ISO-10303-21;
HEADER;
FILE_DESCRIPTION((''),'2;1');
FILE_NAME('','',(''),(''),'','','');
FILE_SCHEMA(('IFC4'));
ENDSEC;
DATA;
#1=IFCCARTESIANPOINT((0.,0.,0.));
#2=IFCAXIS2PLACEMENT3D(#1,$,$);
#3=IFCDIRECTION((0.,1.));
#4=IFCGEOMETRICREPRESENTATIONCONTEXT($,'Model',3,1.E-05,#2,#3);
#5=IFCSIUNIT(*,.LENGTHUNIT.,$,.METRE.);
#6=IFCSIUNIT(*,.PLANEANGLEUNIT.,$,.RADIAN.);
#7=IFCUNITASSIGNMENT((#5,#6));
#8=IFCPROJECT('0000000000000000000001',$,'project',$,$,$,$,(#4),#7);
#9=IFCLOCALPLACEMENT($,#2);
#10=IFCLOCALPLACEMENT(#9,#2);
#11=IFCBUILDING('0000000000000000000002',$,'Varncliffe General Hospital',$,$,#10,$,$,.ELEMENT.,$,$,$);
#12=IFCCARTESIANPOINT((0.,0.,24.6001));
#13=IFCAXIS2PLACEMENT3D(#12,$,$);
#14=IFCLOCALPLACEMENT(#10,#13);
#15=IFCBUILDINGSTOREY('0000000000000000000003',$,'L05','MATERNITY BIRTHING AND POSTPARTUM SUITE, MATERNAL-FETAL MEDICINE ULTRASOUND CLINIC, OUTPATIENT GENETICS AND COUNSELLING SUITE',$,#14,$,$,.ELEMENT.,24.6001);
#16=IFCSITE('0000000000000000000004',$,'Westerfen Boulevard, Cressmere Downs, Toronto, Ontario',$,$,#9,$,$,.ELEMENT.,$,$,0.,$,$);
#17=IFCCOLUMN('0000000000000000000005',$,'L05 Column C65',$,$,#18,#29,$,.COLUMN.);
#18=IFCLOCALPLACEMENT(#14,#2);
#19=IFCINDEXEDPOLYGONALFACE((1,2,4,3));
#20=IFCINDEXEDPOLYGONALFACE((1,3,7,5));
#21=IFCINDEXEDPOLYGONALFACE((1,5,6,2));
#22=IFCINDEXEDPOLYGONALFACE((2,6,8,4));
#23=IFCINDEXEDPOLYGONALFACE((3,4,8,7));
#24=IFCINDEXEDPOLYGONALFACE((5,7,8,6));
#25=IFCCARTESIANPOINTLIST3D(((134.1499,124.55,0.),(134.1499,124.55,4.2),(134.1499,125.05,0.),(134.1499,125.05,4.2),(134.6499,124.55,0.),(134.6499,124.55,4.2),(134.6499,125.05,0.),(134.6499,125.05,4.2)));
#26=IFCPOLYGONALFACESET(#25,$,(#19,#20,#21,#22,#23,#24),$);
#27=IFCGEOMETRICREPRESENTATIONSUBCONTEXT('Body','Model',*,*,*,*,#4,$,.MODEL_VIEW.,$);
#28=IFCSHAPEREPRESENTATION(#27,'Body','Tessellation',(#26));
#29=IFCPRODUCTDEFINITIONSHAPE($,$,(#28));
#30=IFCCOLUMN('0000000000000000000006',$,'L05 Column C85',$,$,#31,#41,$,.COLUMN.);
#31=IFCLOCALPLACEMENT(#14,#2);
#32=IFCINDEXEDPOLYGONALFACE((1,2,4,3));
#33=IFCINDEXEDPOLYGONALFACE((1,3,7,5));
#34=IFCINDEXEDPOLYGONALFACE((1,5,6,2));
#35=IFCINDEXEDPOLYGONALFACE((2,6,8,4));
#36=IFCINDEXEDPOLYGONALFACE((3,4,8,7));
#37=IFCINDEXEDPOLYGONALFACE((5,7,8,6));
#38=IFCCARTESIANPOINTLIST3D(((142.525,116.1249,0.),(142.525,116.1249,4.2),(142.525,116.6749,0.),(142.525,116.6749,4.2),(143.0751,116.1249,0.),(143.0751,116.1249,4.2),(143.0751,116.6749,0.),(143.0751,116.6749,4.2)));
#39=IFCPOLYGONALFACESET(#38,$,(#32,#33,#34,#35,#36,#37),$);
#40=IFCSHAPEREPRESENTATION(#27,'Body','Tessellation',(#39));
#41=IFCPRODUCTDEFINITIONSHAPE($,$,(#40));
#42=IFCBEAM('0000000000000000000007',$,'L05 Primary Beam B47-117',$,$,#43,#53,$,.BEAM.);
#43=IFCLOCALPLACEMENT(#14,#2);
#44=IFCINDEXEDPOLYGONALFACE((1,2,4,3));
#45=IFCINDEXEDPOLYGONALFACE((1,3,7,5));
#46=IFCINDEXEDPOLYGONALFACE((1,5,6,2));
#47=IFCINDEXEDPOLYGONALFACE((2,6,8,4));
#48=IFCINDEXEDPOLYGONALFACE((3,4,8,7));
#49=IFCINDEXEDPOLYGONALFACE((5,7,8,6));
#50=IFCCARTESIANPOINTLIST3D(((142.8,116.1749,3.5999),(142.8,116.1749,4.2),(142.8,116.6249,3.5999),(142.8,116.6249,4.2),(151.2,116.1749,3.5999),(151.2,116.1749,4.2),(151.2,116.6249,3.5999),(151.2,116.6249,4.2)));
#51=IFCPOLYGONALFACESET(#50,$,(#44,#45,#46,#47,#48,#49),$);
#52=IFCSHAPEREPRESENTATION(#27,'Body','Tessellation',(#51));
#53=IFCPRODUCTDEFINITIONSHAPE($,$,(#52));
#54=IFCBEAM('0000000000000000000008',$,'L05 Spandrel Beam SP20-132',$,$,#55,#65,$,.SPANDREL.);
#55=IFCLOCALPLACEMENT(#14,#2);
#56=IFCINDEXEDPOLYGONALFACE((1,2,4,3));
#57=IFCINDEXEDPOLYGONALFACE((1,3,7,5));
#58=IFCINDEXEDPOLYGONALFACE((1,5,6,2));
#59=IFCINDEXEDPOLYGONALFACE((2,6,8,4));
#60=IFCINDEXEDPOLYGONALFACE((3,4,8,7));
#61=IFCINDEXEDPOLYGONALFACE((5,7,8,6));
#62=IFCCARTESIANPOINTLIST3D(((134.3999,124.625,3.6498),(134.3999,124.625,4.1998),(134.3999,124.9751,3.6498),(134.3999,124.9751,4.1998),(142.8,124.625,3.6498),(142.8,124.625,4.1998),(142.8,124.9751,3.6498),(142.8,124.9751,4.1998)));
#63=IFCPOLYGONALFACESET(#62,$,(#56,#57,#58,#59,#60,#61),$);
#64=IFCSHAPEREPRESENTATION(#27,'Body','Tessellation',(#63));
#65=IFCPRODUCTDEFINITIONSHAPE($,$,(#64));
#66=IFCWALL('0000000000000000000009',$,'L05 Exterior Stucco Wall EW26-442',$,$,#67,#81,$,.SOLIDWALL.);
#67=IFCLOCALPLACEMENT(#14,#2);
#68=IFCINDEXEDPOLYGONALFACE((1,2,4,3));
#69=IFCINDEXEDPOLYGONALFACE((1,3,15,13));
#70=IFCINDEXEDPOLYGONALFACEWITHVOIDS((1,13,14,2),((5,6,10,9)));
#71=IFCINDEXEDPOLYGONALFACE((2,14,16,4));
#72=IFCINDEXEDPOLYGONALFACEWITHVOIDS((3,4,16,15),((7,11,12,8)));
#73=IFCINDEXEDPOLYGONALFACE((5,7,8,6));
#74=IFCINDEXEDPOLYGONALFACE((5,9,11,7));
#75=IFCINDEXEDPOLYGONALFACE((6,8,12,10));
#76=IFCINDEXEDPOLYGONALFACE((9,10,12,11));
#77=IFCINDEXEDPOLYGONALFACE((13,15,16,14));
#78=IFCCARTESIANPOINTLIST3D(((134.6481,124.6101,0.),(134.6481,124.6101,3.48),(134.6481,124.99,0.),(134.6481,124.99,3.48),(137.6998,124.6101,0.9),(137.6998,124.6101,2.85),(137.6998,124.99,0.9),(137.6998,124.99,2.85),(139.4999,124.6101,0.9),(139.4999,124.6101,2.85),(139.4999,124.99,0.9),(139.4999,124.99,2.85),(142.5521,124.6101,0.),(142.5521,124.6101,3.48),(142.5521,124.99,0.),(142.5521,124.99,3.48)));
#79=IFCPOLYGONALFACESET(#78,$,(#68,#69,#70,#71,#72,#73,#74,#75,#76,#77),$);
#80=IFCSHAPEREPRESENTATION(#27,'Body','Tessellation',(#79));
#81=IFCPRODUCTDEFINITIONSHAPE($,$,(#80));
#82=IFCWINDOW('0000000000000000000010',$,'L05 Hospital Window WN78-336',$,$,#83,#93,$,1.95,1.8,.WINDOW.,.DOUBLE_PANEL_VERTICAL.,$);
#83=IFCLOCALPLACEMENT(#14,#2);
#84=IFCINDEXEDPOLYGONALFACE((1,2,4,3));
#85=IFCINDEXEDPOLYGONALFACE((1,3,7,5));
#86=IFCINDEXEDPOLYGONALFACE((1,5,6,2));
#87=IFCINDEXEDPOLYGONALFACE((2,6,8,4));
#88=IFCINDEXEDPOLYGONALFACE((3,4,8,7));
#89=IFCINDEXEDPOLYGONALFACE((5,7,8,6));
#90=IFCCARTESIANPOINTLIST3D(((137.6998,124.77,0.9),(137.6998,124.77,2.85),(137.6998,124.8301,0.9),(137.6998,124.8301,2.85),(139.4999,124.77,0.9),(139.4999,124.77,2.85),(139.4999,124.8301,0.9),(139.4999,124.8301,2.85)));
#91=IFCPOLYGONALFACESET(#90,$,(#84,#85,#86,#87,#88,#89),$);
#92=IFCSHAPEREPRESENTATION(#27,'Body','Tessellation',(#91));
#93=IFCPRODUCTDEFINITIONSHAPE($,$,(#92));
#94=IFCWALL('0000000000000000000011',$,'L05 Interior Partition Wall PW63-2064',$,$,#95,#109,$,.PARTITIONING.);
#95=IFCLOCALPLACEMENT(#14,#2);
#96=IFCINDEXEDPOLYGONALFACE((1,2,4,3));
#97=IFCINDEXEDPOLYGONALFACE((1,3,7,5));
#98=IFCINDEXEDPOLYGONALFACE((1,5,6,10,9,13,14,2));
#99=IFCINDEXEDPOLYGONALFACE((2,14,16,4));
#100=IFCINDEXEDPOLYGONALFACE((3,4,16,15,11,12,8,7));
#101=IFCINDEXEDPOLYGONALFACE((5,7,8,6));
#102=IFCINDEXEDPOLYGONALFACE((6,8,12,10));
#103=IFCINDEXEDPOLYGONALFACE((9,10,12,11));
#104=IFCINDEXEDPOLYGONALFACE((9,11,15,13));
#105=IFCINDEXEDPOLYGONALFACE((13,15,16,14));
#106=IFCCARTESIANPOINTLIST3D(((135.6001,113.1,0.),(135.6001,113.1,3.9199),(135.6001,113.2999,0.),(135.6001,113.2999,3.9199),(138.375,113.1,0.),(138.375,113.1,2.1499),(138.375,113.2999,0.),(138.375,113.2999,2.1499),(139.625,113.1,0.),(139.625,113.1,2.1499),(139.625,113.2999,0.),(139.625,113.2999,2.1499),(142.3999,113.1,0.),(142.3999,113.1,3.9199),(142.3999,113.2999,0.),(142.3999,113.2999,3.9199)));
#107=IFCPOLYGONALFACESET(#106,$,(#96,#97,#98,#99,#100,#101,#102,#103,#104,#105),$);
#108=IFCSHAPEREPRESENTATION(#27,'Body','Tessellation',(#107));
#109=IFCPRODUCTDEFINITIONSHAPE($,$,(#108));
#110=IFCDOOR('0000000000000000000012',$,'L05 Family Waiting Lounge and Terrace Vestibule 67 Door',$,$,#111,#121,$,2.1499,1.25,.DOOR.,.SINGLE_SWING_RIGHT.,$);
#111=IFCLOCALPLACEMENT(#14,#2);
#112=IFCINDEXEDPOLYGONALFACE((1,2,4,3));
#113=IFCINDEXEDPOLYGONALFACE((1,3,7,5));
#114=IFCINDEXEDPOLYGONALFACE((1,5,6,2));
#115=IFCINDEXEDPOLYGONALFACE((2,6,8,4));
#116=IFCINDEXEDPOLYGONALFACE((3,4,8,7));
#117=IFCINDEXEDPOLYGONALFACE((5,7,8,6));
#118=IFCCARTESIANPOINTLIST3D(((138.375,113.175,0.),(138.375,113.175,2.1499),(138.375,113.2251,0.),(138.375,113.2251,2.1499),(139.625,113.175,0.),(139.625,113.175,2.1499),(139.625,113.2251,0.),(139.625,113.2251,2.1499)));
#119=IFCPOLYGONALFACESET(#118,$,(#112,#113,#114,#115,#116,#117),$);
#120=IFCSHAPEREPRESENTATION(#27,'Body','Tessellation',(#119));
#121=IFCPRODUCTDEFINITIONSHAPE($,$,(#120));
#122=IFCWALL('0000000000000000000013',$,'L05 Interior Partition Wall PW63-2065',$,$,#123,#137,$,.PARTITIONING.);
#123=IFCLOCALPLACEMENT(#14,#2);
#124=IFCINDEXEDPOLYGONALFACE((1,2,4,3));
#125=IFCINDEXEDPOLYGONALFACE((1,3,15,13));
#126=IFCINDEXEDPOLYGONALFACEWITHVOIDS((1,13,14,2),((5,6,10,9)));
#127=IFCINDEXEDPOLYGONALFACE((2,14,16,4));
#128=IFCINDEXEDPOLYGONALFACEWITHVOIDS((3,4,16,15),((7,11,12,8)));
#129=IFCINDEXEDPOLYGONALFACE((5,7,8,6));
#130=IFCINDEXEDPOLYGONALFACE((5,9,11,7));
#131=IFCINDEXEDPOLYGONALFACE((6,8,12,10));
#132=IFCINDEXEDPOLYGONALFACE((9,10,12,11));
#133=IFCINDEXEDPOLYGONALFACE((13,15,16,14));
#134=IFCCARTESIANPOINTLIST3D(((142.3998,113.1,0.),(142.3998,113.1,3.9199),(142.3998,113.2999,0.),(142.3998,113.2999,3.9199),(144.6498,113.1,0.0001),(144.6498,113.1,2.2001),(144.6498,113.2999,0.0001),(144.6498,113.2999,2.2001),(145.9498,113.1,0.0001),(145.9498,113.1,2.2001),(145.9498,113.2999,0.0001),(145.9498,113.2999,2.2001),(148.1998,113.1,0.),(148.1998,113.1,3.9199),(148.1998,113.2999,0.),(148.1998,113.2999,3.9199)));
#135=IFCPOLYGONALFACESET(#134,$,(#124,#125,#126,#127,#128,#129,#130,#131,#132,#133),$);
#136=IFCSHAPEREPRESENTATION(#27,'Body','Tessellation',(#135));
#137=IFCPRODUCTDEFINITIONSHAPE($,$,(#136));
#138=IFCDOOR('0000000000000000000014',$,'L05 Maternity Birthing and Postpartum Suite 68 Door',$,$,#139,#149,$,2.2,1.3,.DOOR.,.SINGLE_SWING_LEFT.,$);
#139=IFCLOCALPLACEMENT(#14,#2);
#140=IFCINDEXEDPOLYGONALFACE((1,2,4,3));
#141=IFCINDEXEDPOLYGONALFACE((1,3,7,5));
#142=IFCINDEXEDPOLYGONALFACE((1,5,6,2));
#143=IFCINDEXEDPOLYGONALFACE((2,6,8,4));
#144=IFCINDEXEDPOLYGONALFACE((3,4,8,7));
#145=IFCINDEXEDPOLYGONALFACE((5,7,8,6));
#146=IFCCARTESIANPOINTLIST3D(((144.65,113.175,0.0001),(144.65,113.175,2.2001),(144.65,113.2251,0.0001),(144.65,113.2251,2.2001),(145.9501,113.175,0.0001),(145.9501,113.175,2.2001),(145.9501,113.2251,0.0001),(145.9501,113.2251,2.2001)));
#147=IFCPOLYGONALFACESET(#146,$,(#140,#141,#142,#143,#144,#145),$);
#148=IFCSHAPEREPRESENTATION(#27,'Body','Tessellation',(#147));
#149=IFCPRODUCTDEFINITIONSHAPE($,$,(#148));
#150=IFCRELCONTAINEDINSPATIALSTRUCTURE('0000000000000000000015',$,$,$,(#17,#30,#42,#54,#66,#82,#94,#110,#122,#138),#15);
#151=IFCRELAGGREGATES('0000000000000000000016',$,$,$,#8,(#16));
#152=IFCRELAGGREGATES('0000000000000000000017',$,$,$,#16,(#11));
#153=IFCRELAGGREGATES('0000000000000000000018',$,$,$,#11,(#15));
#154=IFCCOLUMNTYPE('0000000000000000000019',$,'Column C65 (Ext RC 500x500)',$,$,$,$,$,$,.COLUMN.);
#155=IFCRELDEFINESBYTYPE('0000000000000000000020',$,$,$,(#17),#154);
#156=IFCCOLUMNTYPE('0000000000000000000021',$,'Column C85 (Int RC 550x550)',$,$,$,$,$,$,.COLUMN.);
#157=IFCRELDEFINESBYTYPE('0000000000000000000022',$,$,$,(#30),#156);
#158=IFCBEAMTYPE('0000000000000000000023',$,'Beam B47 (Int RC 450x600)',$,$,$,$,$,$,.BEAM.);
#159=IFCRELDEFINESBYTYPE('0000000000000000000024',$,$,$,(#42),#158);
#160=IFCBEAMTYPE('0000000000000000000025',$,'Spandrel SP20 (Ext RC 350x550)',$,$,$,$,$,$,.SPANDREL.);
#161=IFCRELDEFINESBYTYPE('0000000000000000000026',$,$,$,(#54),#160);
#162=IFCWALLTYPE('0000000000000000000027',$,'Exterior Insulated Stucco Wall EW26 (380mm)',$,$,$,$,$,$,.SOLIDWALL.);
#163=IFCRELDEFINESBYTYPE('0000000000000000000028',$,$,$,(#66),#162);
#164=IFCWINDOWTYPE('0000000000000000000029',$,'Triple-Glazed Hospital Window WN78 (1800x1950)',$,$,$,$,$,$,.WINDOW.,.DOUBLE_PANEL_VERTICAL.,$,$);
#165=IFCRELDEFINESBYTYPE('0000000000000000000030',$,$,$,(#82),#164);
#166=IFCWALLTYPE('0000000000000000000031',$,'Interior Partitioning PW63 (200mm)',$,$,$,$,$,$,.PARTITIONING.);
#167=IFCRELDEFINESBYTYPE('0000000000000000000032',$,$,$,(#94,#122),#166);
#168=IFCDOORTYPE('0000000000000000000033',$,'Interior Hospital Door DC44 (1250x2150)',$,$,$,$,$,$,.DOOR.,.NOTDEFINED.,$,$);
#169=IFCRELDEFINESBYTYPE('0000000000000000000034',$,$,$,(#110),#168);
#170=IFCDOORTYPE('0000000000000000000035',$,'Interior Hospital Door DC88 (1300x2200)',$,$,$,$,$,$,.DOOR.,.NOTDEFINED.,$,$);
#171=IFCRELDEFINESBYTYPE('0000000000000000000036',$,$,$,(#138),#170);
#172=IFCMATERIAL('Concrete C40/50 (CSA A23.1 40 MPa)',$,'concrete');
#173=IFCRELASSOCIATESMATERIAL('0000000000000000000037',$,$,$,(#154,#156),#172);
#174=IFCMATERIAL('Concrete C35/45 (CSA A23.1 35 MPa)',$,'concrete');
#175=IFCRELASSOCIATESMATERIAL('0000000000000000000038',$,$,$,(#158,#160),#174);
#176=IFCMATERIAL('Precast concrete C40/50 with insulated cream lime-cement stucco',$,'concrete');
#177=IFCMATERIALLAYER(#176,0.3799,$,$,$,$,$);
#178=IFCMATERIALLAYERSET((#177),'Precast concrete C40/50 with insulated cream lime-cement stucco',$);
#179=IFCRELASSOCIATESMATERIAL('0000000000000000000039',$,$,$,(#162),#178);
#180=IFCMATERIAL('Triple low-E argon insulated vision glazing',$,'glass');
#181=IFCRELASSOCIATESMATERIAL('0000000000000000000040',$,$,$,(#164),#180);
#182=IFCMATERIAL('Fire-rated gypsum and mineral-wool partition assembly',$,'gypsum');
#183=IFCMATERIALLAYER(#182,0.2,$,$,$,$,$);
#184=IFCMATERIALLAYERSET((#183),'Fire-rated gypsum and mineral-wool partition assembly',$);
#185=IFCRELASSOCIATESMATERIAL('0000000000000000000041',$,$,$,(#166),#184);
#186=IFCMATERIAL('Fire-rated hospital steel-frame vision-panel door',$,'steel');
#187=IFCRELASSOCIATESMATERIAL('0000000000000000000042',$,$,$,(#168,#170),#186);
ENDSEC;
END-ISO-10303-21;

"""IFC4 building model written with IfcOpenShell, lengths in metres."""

from ifc_helpers import new_model, si_unit, direction, frame, frame_2d, origin, origin_2d, place, context, subcontext, project, spatial, rectangle, extrude, material, layer, layer_set, material_profile, profile_set, type_object, element, fill, save


model = new_model("IFC4")

# Units and contexts
model_context = context("Model", 3, precision=1e-05, world=origin(), true_north=direction((0.0, 1.0)))
body_context = subcontext(model_context, "Body", "Model", "MODEL_VIEW")
ifc_project = project(units=[si_unit("LENGTHUNIT", "METRE"), si_unit("PLANEANGLEUNIT", "RADIAN")], contexts=[model_context])

# Site, building, storey
site_placement = place(None, origin())
site = spatial("IfcSite", under=ifc_project, at=site_placement, Name="Westerfen Boulevard, Cressmere Downs, Toronto, Ontario", CompositionType="ELEMENT", RefElevation=0.0)
building_placement = place(site_placement, origin())
building = spatial("IfcBuilding", under=site, at=building_placement, Name="Varncliffe General Hospital", CompositionType="ELEMENT")
storey_placement = place(building_placement, frame((0.0, 0.0, 24.6001)))
storey = spatial("IfcBuildingStorey", under=building, at=storey_placement, Name="L05", Description="MATERNITY BIRTHING AND POSTPARTUM SUITE, MATERNAL-FETAL MEDICINE ULTRASOUND CLINIC, OUTPATIENT GENETICS AND COUNSELLING SUITE", CompositionType="ELEMENT", Elevation=24.6001)

# Columns
ifc_material_1 = material(Name="Concrete C40/50 (CSA A23.1 40 MPa)", Category="concrete")
ifc_material_profile_1 = material_profile(ifc_material_1, rectangle(XDim=0.5, YDim=0.5, at=origin_2d()), Name="RC 500x500")
ifc_profile_set_1 = profile_set([ifc_material_profile_1], Name="Concrete C40/50 (CSA A23.1 40 MPa)")
column_type_1 = type_object("IfcColumnType", Name="Column C65 (Ext RC 500x500)", PredefinedType="COLUMN", material=ifc_profile_set_1)
column_1_placement = place(storey_placement, frame((134.3999, 124.8, 0.0), z_axis=(0.0, 0.0, 1.0), x_axis=(1.0, 0.0, 0.0)))
element("IfcColumn", 1, at=column_1_placement, inside=storey, type_object=column_type_1, Name="L05 Column C65", PredefinedType="COLUMN", context=body_context, shape_type="SweptSolid", body=[
    extrude(rectangle(XDim=0.5, YDim=0.5, at=origin_2d()), origin(), (0.0, 0.0, 1.0), 4.2),
])
ifc_material_profile_2 = material_profile(ifc_material_1, rectangle(XDim=0.55, YDim=0.55, at=origin_2d()), Name="RC 550x550")
ifc_profile_set_2 = profile_set([ifc_material_profile_2], Name="Concrete C40/50 (CSA A23.1 40 MPa)")
column_type_2 = type_object("IfcColumnType", Name="Column C85 (Int RC 550x550)", PredefinedType="COLUMN", material=ifc_profile_set_2)
column_2_placement = place(storey_placement, frame((142.8, 116.3999, 0.0), z_axis=(0.0, 0.0, 1.0), x_axis=(1.0, 0.0, 0.0)))
element("IfcColumn", 2, at=column_2_placement, inside=storey, type_object=column_type_2, Name="L05 Column C85", PredefinedType="COLUMN", context=body_context, shape_type="SweptSolid", body=[
    extrude(rectangle(XDim=0.55, YDim=0.55, at=origin_2d()), origin(), (0.0, 0.0, 1.0), 4.2),
])

# Beams
ifc_material_2 = material(Name="Concrete C35/45 (CSA A23.1 35 MPa)", Category="concrete")
ifc_material_profile_3 = material_profile(ifc_material_2, rectangle(XDim=0.45, YDim=0.6001, at=origin_2d()), Name="RC 450x600")
ifc_profile_set_3 = profile_set([ifc_material_profile_3], Name="Concrete C35/45 (CSA A23.1 35 MPa)")
beam_type_1 = type_object("IfcBeamType", Name="Beam B47 (Int RC 450x600)", PredefinedType="BEAM", material=ifc_profile_set_3)
beam_1_placement = place(storey_placement, frame((142.8, 116.3999, 3.8999), z_axis=(1.0, 0.0, 0.0), x_axis=(0.0, 1.0, 0.0)))
element("IfcBeam", 3, at=beam_1_placement, inside=storey, type_object=beam_type_1, Name="L05 Primary Beam B47-117", PredefinedType="BEAM", context=body_context, shape_type="SweptSolid", body=[
    extrude(rectangle(XDim=0.45, YDim=0.6001, at=origin_2d()), origin(), (0.0, 0.0, 1.0), 8.3999),
])
ifc_material_profile_4 = material_profile(ifc_material_2, rectangle(XDim=0.3501, YDim=0.55, at=origin_2d()), Name="RC 350x550")
ifc_profile_set_4 = profile_set([ifc_material_profile_4], Name="Concrete C35/45 (CSA A23.1 35 MPa)")
beam_type_2 = type_object("IfcBeamType", Name="Spandrel SP20 (Ext RC 350x550)", PredefinedType="SPANDREL", material=ifc_profile_set_4)
beam_2_placement = place(storey_placement, frame((134.3999, 124.8, 3.9248), z_axis=(1.0, 0.0, 0.0), x_axis=(0.0, 1.0, 0.0)))
element("IfcBeam", 4, at=beam_2_placement, inside=storey, type_object=beam_type_2, Name="L05 Spandrel Beam SP20-132", PredefinedType="SPANDREL", context=body_context, shape_type="SweptSolid", body=[
    extrude(rectangle(XDim=0.3501, YDim=0.55, at=origin_2d()), origin(), (0.0, 0.0, 1.0), 8.4001),
])

# Wall, opening, window
ifc_material_3 = material(Name="Precast concrete C40/50 with insulated cream lime-cement stucco", Category="concrete")
ifc_layer_1 = layer(ifc_material_3, 0.3799)
ifc_layer_set_1 = layer_set([ifc_layer_1], Name="Precast concrete C40/50 with insulated cream lime-cement stucco")
wall_type_1 = type_object("IfcWallType", Name="Exterior Insulated Stucco Wall EW26 (380mm)", PredefinedType="SOLIDWALL", material=ifc_layer_set_1)
wall_1_placement = place(storey_placement, frame((134.6479, 124.8, 0.0), z_axis=(0.0, 0.0, 1.0), x_axis=(1.0, 0.0, 0.0)))
wall_1 = element("IfcWall", 5, at=wall_1_placement, inside=storey, type_object=wall_type_1, Name="L05 Exterior Stucco Wall EW26-442", PredefinedType="SOLIDWALL", context=body_context, shape_type="SweptSolid", body=[
    extrude(rectangle(XDim=7.9041, YDim=0.3799, at=frame_2d((3.9521, 0.0))), origin(), (0.0, 0.0, 1.0), 3.48),
])
opening_1_placement = place(wall_1_placement, frame((3.052, 0.0, 0.8999)))
opening_1 = element("IfcOpeningElement", 6, at=opening_1_placement, cuts=wall_1, PredefinedType="OPENING", context=body_context, shape_type="SweptSolid", body=[
    extrude(rectangle(XDim=1.8, YDim=1.95, at=frame_2d((0.8999, 0.9751))), frame((0.0, 0.2, 0.0), z_axis=(0.0, -1.0, 0.0), x_axis=(1.0, 0.0, 0.0)), (0.0, 0.0, 1.0), 0.3999),
])
ifc_material_4 = material(Name="Triple low-E argon insulated vision glazing", Category="glass")
window_type = type_object("IfcWindowType", Name="Triple-Glazed Hospital Window WN78 (1800x1950)", PartitioningType="DOUBLE_PANEL_VERTICAL", PredefinedType="WINDOW", material=ifc_material_4)
window_placement = place(opening_1_placement, origin())
window = element("IfcWindow", 7, at=window_placement, inside=storey, type_object=window_type, Name="L05 Hospital Window WN78-336", OverallHeight=1.95, OverallWidth=1.8, PartitioningType="DOUBLE_PANEL_VERTICAL", PredefinedType="WINDOW", context=body_context, shape_type="SweptSolid", body=[
    extrude(rectangle(XDim=1.8, YDim=1.95, at=frame_2d((0.8999, 0.9751))), frame((0.0, 0.03, 0.0), z_axis=(0.0, -1.0, 0.0), x_axis=(1.0, 0.0, 0.0)), (0.0, 0.0, 1.0), 0.0601),
])
fill(opening_1, window)

# Walls, openings, doors
ifc_material_5 = material(Name="Fire-rated gypsum and mineral-wool partition assembly", Category="gypsum")
ifc_layer_2 = layer(ifc_material_5, 0.2)
ifc_layer_set_2 = layer_set([ifc_layer_2], Name="Fire-rated gypsum and mineral-wool partition assembly")
wall_type_2 = type_object("IfcWallType", Name="Interior Partitioning PW63 (200mm)", PredefinedType="PARTITIONING", material=ifc_layer_set_2)
wall_2_placement = place(storey_placement, frame((135.6001, 113.2, 0.0), z_axis=(0.0, 0.0, 1.0), x_axis=(1.0, 0.0, 0.0)))
wall_2 = element("IfcWall", 8, at=wall_2_placement, inside=storey, type_object=wall_type_2, Name="L05 Interior Partition Wall PW63-2064", PredefinedType="PARTITIONING", context=body_context, shape_type="SweptSolid", body=[
    extrude(rectangle(XDim=6.7998, YDim=0.2, at=frame_2d((3.3999, 0.0))), origin(), (0.0, 0.0, 1.0), 3.9199),
])
opening_2_placement = place(wall_2_placement, frame((2.7749, 0.0, 0.0)))
opening_2 = element("IfcOpeningElement", 9, at=opening_2_placement, cuts=wall_2, PredefinedType="OPENING", context=body_context, shape_type="SweptSolid", body=[
    extrude(rectangle(XDim=1.25, YDim=2.1499, at=frame_2d((0.625, 1.075))), frame((0.0, 0.1099, 0.0), z_axis=(0.0, -1.0, 0.0), x_axis=(1.0, 0.0, 0.0)), (0.0, 0.0, 1.0), 0.22),
])
ifc_material_6 = material(Name="Fire-rated hospital steel-frame vision-panel door", Category="steel")
door_type_1 = type_object("IfcDoorType", Name="Interior Hospital Door DC44 (1250x2150)", OperationType="NOTDEFINED", PredefinedType="DOOR", material=ifc_material_6)
door_1_placement = place(opening_2_placement, frame((1.25, 0.0, 0.0), z_axis=(0.0, 0.0, 1.0), x_axis=(-1.0, 0.0, 0.0)))
door_1 = element("IfcDoor", 10, at=door_1_placement, inside=storey, type_object=door_type_1, Name="L05 Family Waiting Lounge and Terrace Vestibule 67 Door", OperationType="SINGLE_SWING_RIGHT", OverallHeight=2.1499, OverallWidth=1.25, PredefinedType="DOOR", context=body_context, shape_type="SweptSolid", body=[
    extrude(rectangle(XDim=1.25, YDim=2.1499, at=frame_2d((0.625, 1.075))), frame((0.0, 0.0249, 0.0), z_axis=(0.0, -1.0, 0.0), x_axis=(1.0, 0.0, 0.0)), (0.0, 0.0, 1.0), 0.05),
])
fill(opening_2, door_1)
wall_3_placement = place(storey_placement, frame((142.3999, 113.2, 0.0), z_axis=(0.0, 0.0, 1.0), x_axis=(1.0, 0.0, 0.0)))
wall_3 = element("IfcWall", 11, at=wall_3_placement, inside=storey, type_object=wall_type_2, Name="L05 Interior Partition Wall PW63-2065", PredefinedType="PARTITIONING", context=body_context, shape_type="SweptSolid", body=[
    extrude(rectangle(XDim=5.8, YDim=0.2, at=frame_2d((2.8999, 0.0))), origin(), (0.0, 0.0, 1.0), 3.9199),
])
opening_3_placement = place(wall_3_placement, frame((2.25, 0.0, 0.0)))
opening_3 = element("IfcOpeningElement", 12, at=opening_3_placement, cuts=wall_3, PredefinedType="OPENING", context=body_context, shape_type="SweptSolid", body=[
    extrude(rectangle(XDim=1.3, YDim=2.2, at=frame_2d((0.6499, 1.1001))), frame((0.0, 0.1099, 0.0), z_axis=(0.0, -1.0, 0.0), x_axis=(1.0, 0.0, 0.0)), (0.0, 0.0, 1.0), 0.22),
])
door_type_2 = type_object("IfcDoorType", Name="Interior Hospital Door DC88 (1300x2200)", OperationType="NOTDEFINED", PredefinedType="DOOR", material=ifc_material_6)
door_2_placement = place(opening_3_placement, frame((1.3, 0.0, 0.0), z_axis=(0.0, 0.0, 1.0), x_axis=(-1.0, 0.0, 0.0)))
door_2 = element("IfcDoor", 13, at=door_2_placement, inside=storey, type_object=door_type_2, Name="L05 Maternity Birthing and Postpartum Suite 68 Door", OperationType="SINGLE_SWING_LEFT", OverallHeight=2.2, OverallWidth=1.3, PredefinedType="DOOR", context=body_context, shape_type="SweptSolid", body=[
    extrude(rectangle(XDim=1.3, YDim=2.2, at=frame_2d((0.6499, 1.1001))), frame((0.0, 0.0249, 0.0), z_axis=(0.0, -1.0, 0.0), x_axis=(1.0, 0.0, 0.0)), (0.0, 0.0, 1.0), 0.05),
])
fill(opening_3, door_2)

save(model, "model.ifc")
